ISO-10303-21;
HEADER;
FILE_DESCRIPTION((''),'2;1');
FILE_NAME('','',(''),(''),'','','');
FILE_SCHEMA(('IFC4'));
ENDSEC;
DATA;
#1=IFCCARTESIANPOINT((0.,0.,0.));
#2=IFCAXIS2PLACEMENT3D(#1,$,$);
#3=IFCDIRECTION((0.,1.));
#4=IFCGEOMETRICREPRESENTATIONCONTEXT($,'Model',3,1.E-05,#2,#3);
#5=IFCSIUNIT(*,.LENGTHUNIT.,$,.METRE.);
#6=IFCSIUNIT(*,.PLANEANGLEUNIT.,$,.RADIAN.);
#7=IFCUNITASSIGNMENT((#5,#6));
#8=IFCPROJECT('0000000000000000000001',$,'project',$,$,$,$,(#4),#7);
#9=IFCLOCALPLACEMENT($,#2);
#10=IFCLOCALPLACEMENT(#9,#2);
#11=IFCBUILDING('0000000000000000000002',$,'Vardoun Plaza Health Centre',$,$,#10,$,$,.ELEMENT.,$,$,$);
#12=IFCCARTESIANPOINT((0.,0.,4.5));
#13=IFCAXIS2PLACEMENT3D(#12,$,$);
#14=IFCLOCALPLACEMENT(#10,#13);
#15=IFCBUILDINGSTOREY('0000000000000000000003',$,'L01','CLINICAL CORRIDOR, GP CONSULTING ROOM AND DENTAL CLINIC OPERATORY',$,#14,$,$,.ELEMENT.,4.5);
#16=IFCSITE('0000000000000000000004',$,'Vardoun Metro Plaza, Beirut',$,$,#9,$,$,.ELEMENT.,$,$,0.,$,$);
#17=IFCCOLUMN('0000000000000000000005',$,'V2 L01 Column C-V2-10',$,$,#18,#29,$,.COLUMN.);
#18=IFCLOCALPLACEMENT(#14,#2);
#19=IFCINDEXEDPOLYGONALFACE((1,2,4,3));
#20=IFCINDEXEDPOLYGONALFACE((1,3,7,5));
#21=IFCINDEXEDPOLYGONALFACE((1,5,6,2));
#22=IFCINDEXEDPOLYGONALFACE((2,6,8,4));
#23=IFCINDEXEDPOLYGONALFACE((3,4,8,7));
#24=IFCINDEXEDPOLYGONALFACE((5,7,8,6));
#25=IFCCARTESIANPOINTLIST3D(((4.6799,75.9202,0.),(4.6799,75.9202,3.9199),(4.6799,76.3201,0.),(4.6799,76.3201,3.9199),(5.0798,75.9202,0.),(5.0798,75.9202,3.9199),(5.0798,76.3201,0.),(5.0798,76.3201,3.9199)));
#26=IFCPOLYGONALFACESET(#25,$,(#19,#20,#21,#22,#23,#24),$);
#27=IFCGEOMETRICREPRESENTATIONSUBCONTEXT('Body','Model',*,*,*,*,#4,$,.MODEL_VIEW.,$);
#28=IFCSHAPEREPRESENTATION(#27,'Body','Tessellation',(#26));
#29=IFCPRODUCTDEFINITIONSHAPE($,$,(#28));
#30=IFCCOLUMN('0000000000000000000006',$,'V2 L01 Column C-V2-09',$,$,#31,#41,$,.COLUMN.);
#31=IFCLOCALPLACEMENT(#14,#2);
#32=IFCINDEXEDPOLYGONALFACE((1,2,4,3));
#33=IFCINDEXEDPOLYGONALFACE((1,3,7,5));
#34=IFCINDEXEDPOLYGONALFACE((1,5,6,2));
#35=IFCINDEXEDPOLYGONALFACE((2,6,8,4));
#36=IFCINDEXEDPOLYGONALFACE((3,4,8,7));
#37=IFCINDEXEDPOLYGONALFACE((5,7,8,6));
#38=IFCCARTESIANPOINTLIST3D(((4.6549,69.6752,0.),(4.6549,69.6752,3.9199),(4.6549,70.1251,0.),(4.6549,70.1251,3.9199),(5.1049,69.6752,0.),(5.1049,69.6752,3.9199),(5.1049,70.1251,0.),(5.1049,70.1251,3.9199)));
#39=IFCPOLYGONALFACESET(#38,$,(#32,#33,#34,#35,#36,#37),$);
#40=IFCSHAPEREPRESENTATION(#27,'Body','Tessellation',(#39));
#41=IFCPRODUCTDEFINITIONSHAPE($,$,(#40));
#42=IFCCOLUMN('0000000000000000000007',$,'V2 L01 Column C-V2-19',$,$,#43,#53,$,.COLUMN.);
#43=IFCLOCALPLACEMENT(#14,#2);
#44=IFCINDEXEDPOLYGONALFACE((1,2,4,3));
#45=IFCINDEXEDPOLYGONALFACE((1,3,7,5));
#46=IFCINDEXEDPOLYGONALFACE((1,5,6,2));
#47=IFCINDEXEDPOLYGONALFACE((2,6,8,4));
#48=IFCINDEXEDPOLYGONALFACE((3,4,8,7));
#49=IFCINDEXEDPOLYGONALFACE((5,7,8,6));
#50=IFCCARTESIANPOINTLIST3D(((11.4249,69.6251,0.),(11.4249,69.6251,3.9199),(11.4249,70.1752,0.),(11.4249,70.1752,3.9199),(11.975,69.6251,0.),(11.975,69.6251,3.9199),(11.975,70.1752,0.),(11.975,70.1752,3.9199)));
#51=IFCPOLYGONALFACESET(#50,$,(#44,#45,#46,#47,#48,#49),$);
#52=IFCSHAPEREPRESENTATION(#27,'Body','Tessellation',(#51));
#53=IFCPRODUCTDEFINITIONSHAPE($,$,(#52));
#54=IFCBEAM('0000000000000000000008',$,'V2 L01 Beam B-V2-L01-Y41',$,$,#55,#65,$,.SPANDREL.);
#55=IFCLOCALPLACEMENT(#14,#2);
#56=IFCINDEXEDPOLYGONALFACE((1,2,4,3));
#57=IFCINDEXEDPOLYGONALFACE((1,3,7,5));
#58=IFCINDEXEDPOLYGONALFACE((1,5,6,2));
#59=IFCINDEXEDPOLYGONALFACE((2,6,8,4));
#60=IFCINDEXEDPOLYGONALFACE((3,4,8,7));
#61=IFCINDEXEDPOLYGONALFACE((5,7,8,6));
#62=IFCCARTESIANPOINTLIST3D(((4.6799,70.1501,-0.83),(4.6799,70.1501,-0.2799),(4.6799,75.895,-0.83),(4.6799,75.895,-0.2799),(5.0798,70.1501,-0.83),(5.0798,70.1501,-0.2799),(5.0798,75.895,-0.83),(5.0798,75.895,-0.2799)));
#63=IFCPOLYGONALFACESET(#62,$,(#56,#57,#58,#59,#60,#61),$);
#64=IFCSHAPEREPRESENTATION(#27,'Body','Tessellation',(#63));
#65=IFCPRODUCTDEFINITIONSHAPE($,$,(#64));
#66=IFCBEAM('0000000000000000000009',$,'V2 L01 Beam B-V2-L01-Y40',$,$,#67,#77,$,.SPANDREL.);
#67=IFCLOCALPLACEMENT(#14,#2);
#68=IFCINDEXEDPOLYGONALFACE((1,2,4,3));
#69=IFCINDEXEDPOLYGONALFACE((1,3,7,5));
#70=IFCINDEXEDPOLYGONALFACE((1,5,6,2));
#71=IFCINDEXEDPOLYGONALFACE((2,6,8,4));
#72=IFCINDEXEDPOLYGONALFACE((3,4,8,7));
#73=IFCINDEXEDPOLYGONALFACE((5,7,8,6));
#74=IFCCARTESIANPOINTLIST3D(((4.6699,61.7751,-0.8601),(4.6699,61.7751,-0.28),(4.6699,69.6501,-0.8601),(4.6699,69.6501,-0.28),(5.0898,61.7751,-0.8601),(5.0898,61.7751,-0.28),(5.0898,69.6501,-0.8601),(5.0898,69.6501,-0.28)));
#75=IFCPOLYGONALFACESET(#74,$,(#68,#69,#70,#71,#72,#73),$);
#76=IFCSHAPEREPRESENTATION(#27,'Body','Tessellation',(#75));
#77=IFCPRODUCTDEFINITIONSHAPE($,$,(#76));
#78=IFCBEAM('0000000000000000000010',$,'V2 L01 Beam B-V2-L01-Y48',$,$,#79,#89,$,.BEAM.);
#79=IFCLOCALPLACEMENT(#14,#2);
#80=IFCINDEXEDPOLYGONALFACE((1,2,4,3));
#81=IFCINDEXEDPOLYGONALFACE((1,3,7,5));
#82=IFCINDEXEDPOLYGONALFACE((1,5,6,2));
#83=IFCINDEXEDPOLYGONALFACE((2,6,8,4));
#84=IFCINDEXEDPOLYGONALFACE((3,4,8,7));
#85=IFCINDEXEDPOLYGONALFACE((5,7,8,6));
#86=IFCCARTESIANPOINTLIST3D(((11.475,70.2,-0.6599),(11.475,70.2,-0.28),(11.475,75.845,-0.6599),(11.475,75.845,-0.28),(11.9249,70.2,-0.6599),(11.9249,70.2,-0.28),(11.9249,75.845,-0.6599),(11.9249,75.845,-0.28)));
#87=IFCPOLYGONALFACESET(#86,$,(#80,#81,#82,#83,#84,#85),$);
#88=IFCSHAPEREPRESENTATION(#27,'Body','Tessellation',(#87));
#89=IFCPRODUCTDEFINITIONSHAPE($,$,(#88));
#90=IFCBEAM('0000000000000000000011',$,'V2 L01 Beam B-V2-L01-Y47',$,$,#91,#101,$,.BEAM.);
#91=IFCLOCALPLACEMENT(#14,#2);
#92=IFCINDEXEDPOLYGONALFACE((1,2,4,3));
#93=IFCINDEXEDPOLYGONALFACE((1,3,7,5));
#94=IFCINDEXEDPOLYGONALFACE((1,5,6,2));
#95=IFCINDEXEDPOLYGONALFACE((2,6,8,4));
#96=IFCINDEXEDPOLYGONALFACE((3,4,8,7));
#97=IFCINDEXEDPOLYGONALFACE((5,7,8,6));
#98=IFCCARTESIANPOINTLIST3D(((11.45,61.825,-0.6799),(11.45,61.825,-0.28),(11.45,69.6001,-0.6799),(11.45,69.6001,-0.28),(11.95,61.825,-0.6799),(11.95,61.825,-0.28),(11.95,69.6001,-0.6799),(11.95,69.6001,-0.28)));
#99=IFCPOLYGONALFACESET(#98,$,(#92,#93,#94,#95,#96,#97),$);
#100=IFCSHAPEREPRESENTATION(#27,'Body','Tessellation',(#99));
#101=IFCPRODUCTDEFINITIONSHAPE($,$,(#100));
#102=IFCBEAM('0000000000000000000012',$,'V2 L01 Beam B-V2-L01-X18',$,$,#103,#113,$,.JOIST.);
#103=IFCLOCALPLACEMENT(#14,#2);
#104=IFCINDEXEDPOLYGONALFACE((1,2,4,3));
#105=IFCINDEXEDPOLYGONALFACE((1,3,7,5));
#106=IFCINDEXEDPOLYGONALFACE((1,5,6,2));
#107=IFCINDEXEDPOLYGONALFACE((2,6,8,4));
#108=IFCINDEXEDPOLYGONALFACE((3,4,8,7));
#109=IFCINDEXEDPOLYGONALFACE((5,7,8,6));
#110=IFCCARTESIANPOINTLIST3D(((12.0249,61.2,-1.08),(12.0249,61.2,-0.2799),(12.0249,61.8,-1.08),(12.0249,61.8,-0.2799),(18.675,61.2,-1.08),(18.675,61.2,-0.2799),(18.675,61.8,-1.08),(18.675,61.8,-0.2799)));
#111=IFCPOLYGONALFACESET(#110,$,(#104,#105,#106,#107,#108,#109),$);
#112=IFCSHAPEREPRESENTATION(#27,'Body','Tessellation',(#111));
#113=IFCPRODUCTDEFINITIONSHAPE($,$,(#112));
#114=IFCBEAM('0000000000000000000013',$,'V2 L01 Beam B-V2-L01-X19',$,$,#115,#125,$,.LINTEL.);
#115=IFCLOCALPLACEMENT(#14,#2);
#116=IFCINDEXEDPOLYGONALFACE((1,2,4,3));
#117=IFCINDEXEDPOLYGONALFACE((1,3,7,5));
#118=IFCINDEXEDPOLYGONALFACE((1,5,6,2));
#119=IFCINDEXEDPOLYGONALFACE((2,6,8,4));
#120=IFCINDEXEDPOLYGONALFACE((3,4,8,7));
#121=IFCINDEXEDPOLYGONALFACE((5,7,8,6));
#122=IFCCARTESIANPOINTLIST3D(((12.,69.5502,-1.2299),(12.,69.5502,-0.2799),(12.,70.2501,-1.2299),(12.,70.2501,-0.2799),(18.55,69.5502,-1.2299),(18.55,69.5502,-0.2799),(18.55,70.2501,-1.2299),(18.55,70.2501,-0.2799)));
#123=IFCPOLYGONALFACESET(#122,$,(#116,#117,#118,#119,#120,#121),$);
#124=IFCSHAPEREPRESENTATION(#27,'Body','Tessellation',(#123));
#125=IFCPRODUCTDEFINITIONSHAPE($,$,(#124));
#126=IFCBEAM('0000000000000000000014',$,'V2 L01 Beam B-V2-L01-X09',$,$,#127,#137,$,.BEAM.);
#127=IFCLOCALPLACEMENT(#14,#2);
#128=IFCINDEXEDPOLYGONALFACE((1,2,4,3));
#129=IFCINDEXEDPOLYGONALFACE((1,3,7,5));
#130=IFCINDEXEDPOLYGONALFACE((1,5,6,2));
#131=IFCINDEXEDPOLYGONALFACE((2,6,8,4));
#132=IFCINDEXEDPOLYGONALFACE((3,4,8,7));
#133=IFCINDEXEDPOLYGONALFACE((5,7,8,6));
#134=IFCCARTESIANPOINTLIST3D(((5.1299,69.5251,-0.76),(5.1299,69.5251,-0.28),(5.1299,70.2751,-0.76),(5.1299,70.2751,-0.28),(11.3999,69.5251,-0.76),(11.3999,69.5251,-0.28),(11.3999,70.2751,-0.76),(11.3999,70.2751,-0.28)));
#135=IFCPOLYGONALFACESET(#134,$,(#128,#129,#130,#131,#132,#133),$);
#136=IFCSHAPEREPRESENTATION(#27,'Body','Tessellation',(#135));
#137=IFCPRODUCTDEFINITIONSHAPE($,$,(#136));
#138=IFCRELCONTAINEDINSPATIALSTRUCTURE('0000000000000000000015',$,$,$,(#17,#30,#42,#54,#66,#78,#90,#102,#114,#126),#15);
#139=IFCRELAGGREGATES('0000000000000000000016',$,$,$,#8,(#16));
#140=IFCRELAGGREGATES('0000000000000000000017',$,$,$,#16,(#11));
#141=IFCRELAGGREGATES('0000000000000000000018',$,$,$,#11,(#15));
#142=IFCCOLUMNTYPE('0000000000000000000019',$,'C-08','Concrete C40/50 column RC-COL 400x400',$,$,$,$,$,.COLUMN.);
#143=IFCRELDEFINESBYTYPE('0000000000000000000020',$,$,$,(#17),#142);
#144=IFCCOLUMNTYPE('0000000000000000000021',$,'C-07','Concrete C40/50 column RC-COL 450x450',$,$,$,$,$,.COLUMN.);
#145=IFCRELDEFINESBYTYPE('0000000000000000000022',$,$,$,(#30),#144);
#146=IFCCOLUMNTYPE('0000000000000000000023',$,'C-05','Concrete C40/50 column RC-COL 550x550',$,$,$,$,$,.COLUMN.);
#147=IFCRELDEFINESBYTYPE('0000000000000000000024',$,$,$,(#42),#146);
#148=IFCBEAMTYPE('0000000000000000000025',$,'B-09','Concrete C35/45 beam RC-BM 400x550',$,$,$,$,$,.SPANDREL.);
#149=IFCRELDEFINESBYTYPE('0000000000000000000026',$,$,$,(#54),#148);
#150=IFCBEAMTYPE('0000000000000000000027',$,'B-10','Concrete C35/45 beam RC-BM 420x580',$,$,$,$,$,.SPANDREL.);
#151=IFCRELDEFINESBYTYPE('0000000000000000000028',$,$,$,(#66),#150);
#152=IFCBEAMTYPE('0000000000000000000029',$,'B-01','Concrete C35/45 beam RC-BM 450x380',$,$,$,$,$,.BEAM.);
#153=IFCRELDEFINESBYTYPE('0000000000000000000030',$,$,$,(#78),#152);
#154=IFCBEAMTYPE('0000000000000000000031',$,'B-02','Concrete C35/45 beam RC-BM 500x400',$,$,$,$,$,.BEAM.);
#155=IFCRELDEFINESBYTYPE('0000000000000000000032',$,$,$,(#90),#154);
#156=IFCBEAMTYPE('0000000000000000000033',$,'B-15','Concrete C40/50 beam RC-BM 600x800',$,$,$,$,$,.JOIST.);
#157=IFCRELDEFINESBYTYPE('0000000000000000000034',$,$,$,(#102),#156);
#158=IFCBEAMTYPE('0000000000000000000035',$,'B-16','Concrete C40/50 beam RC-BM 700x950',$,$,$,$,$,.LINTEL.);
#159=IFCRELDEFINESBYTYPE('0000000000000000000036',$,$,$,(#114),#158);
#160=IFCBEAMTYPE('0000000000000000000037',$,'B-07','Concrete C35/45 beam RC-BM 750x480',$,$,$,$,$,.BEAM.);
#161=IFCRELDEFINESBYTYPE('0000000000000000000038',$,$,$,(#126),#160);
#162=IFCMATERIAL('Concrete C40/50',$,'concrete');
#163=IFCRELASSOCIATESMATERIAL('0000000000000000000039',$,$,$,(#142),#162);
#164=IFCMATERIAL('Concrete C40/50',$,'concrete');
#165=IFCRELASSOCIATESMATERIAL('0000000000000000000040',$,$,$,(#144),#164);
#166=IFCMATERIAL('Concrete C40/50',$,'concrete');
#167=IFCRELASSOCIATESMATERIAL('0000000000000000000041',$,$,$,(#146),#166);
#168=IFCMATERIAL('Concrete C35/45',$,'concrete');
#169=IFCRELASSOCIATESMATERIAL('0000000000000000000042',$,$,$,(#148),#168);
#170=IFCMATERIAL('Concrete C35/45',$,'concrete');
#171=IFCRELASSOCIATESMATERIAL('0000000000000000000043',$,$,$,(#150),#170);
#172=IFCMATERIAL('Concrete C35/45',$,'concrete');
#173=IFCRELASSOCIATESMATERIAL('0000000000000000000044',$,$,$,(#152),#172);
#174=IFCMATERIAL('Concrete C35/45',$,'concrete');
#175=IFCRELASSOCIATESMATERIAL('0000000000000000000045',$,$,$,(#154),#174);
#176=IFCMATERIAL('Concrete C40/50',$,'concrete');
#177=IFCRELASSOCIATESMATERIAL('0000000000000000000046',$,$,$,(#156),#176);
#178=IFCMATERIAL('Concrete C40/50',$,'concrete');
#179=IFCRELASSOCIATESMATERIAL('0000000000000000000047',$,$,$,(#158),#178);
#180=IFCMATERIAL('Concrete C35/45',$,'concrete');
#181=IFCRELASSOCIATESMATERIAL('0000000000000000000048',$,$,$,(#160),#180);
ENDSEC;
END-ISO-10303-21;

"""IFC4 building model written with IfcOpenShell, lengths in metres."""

from ifc_helpers import new_model, si_unit, direction, frame, origin, origin_2d, place, context, subcontext, project, spatial, rectangle, extrude, material, material_profile, profile_set, type_object, element, save


model = new_model("IFC4")

# Units and contexts
model_context = context("Model", 3, precision=1e-05, world=origin(), true_north=direction((0.0, 1.0)))
body_context = subcontext(model_context, "Body", "Model", "MODEL_VIEW")
ifc_project = project(units=[si_unit("LENGTHUNIT", "METRE"), si_unit("PLANEANGLEUNIT", "RADIAN")], contexts=[model_context])

# Site, building, storey
site_placement = place(None, origin())
site = spatial("IfcSite", under=ifc_project, at=site_placement, Name="Vardoun Metro Plaza, Beirut", CompositionType="ELEMENT", RefElevation=0.0)
building_placement = place(site_placement, origin())
building = spatial("IfcBuilding", under=site, at=building_placement, Name="Vardoun Plaza Health Centre", CompositionType="ELEMENT")
storey_placement = place(building_placement, frame((0.0, 0.0, 4.5)))
storey = spatial("IfcBuildingStorey", under=building, at=storey_placement, Name="L01", Description="CLINICAL CORRIDOR, GP CONSULTING ROOM AND DENTAL CLINIC OPERATORY", CompositionType="ELEMENT", Elevation=4.5)

# Columns
ifc_material_1 = material(Name="Concrete C40/50", Category="concrete")
ifc_material_profile_1 = material_profile(ifc_material_1, rectangle(XDim=0.3999, YDim=0.3999, at=origin_2d()), Name="RC-COL 400x400")
ifc_profile_set_1 = profile_set([ifc_material_profile_1], Name="Concrete C40/50")
column_type_1 = type_object("IfcColumnType", Name="C-08", Description="Concrete C40/50 column RC-COL 400x400", PredefinedType="COLUMN", material=ifc_profile_set_1)
column_1_placement = place(storey_placement, frame((4.8799, 76.1201, 0.0), z_axis=(0.0, 0.0, 1.0), x_axis=(1.0, 0.0, 0.0)))
element("IfcColumn", 1, at=column_1_placement, inside=storey, type_object=column_type_1, Name="V2 L01 Column C-V2-10", PredefinedType="COLUMN", context=body_context, shape_type="SweptSolid", body=[
    extrude(rectangle(XDim=0.3999, YDim=0.3999, at=origin_2d()), origin(), (0.0, 0.0, 1.0), 3.9199),
])
ifc_material_2 = material(Name="Concrete C40/50", Category="concrete")
ifc_material_profile_2 = material_profile(ifc_material_2, rectangle(XDim=0.45, YDim=0.45, at=origin_2d()), Name="RC-COL 450x450")
ifc_profile_set_2 = profile_set([ifc_material_profile_2], Name="Concrete C40/50")
column_type_2 = type_object("IfcColumnType", Name="C-07", Description="Concrete C40/50 column RC-COL 450x450", PredefinedType="COLUMN", material=ifc_profile_set_2)
column_2_placement = place(storey_placement, frame((4.8799, 69.9001, 0.0), z_axis=(0.0, 0.0, 1.0), x_axis=(1.0, 0.0, 0.0)))
element("IfcColumn", 2, at=column_2_placement, inside=storey, type_object=column_type_2, Name="V2 L01 Column C-V2-09", PredefinedType="COLUMN", context=body_context, shape_type="SweptSolid", body=[
    extrude(rectangle(XDim=0.45, YDim=0.45, at=origin_2d()), origin(), (0.0, 0.0, 1.0), 3.9199),
])
ifc_material_3 = material(Name="Concrete C40/50", Category="concrete")
ifc_material_profile_3 = material_profile(ifc_material_3, rectangle(XDim=0.55, YDim=0.55, at=origin_2d()), Name="RC-COL 550x550")
ifc_profile_set_3 = profile_set([ifc_material_profile_3], Name="Concrete C40/50")
column_type_3 = type_object("IfcColumnType", Name="C-05", Description="Concrete C40/50 column RC-COL 550x550", PredefinedType="COLUMN", material=ifc_profile_set_3)
column_3_placement = place(storey_placement, frame((11.7, 69.9001, 0.0), z_axis=(0.0, 0.0, 1.0), x_axis=(1.0, 0.0, 0.0)))
element("IfcColumn", 3, at=column_3_placement, inside=storey, type_object=column_type_3, Name="V2 L01 Column C-V2-19", PredefinedType="COLUMN", context=body_context, shape_type="SweptSolid", body=[
    extrude(rectangle(XDim=0.55, YDim=0.55, at=origin_2d()), origin(), (0.0, 0.0, 1.0), 3.9199),
])

# Beams
ifc_material_4 = material(Name="Concrete C35/45", Category="concrete")
ifc_material_profile_4 = material_profile(ifc_material_4, rectangle(XDim=0.3999, YDim=0.55, at=origin_2d()), Name="RC-BM 400x550")
ifc_profile_set_4 = profile_set([ifc_material_profile_4], Name="Concrete C35/45")
beam_type_1 = type_object("IfcBeamType", Name="B-09", Description="Concrete C35/45 beam RC-BM 400x550", PredefinedType="SPANDREL", material=ifc_profile_set_4)
beam_1_placement = place(storey_placement, frame((4.8799, 70.1501, -0.5549), z_axis=(0.0, 1.0, 0.0), x_axis=(-1.0, 0.0, 0.0)))
element("IfcBeam", 4, at=beam_1_placement, inside=storey, type_object=beam_type_1, Name="V2 L01 Beam B-V2-L01-Y41", PredefinedType="SPANDREL", context=body_context, shape_type="SweptSolid", body=[
    extrude(rectangle(XDim=0.3999, YDim=0.55, at=origin_2d()), origin(), (0.0, 0.0, 1.0), 5.7449),
])
ifc_material_5 = material(Name="Concrete C35/45", Category="concrete")
ifc_material_profile_5 = material_profile(ifc_material_5, rectangle(XDim=0.4199, YDim=0.5801, at=origin_2d()), Name="RC-BM 420x580")
ifc_profile_set_5 = profile_set([ifc_material_profile_5], Name="Concrete C35/45")
beam_type_2 = type_object("IfcBeamType", Name="B-10", Description="Concrete C35/45 beam RC-BM 420x580", PredefinedType="SPANDREL", material=ifc_profile_set_5)
beam_2_placement = place(storey_placement, frame((4.8799, 61.7751, -0.5701), z_axis=(0.0, 1.0, 0.0), x_axis=(-1.0, 0.0, 0.0)))
element("IfcBeam", 5, at=beam_2_placement, inside=storey, type_object=beam_type_2, Name="V2 L01 Beam B-V2-L01-Y40", PredefinedType="SPANDREL", context=body_context, shape_type="SweptSolid", body=[
    extrude(rectangle(XDim=0.4199, YDim=0.5801, at=origin_2d()), origin(), (0.0, 0.0, 1.0), 7.875),
])
ifc_material_6 = material(Name="Concrete C35/45", Category="concrete")
ifc_material_profile_6 = material_profile(ifc_material_6, rectangle(XDim=0.45, YDim=0.3799, at=origin_2d()), Name="RC-BM 450x380")
ifc_profile_set_6 = profile_set([ifc_material_profile_6], Name="Concrete C35/45")
beam_type_3 = type_object("IfcBeamType", Name="B-01", Description="Concrete C35/45 beam RC-BM 450x380", PredefinedType="BEAM", material=ifc_profile_set_6)
beam_3_placement = place(storey_placement, frame((11.7, 70.2, -0.47), z_axis=(0.0, 1.0, 0.0), x_axis=(-1.0, 0.0, 0.0)))
element("IfcBeam", 6, at=beam_3_placement, inside=storey, type_object=beam_type_3, Name="V2 L01 Beam B-V2-L01-Y48", PredefinedType="BEAM", context=body_context, shape_type="SweptSolid", body=[
    extrude(rectangle(XDim=0.45, YDim=0.3799, at=origin_2d()), origin(), (0.0, 0.0, 1.0), 5.645),
])
ifc_material_7 = material(Name="Concrete C35/45", Category="concrete")
ifc_material_profile_7 = material_profile(ifc_material_7, rectangle(XDim=0.5, YDim=0.3999, at=origin_2d()), Name="RC-BM 500x400")
ifc_profile_set_7 = profile_set([ifc_material_profile_7], Name="Concrete C35/45")
beam_type_4 = type_object("IfcBeamType", Name="B-02", Description="Concrete C35/45 beam RC-BM 500x400", PredefinedType="BEAM", material=ifc_profile_set_7)
beam_4_placement = place(storey_placement, frame((11.7, 61.825, -0.48), z_axis=(0.0, 1.0, 0.0), x_axis=(-1.0, 0.0, 0.0)))
element("IfcBeam", 7, at=beam_4_placement, inside=storey, type_object=beam_type_4, Name="V2 L01 Beam B-V2-L01-Y47", PredefinedType="BEAM", context=body_context, shape_type="SweptSolid", body=[
    extrude(rectangle(XDim=0.5, YDim=0.3999, at=origin_2d()), origin(), (0.0, 0.0, 1.0), 7.7751),
])
ifc_material_8 = material(Name="Concrete C40/50", Category="concrete")
ifc_material_profile_8 = material_profile(ifc_material_8, rectangle(XDim=0.6001, YDim=0.8, at=origin_2d()), Name="RC-BM 600x800")
ifc_profile_set_8 = profile_set([ifc_material_profile_8], Name="Concrete C40/50")
beam_type_5 = type_object("IfcBeamType", Name="B-15", Description="Concrete C40/50 beam RC-BM 600x800", PredefinedType="JOIST", material=ifc_profile_set_8)
beam_5_placement = place(storey_placement, frame((12.0249, 61.5, -0.6799), z_axis=(1.0, 0.0, 0.0), x_axis=(0.0, 1.0, 0.0)))
element("IfcBeam", 8, at=beam_5_placement, inside=storey, type_object=beam_type_5, Name="V2 L01 Beam B-V2-L01-X18", PredefinedType="JOIST", context=body_context, shape_type="SweptSolid", body=[
    extrude(rectangle(XDim=0.6001, YDim=0.8, at=origin_2d()), origin(), (0.0, 0.0, 1.0), 6.6501),
])
ifc_material_9 = material(Name="Concrete C40/50", Category="concrete")
ifc_material_profile_9 = material_profile(ifc_material_9, rectangle(XDim=0.7, YDim=0.95, at=origin_2d()), Name="RC-BM 700x950")
ifc_profile_set_9 = profile_set([ifc_material_profile_9], Name="Concrete C40/50")
beam_type_6 = type_object("IfcBeamType", Name="B-16", Description="Concrete C40/50 beam RC-BM 700x950", PredefinedType="LINTEL", material=ifc_profile_set_9)
beam_6_placement = place(storey_placement, frame((12.0, 69.9001, -0.7549), z_axis=(1.0, 0.0, 0.0), x_axis=(0.0, 1.0, 0.0)))
element("IfcBeam", 9, at=beam_6_placement, inside=storey, type_object=beam_type_6, Name="V2 L01 Beam B-V2-L01-X19", PredefinedType="LINTEL", context=body_context, shape_type="SweptSolid", body=[
    extrude(rectangle(XDim=0.7, YDim=0.95, at=origin_2d()), origin(), (0.0, 0.0, 1.0), 6.55),
])
ifc_material_10 = material(Name="Concrete C35/45", Category="concrete")
ifc_material_profile_10 = material_profile(ifc_material_10, rectangle(XDim=0.75, YDim=0.48, at=origin_2d()), Name="RC-BM 750x480")
ifc_profile_set_10 = profile_set([ifc_material_profile_10], Name="Concrete C35/45")
beam_type_7 = type_object("IfcBeamType", Name="B-07", Description="Concrete C35/45 beam RC-BM 750x480", PredefinedType="BEAM", material=ifc_profile_set_10)
beam_7_placement = place(storey_placement, frame((5.1299, 69.9001, -0.52), z_axis=(1.0, 0.0, 0.0), x_axis=(0.0, 1.0, 0.0)))
element("IfcBeam", 10, at=beam_7_placement, inside=storey, type_object=beam_type_7, Name="V2 L01 Beam B-V2-L01-X09", PredefinedType="BEAM", context=body_context, shape_type="SweptSolid", body=[
    extrude(rectangle(XDim=0.75, YDim=0.48, at=origin_2d()), origin(), (0.0, 0.0, 1.0), 6.27),
])

save(model, "model.ifc")
